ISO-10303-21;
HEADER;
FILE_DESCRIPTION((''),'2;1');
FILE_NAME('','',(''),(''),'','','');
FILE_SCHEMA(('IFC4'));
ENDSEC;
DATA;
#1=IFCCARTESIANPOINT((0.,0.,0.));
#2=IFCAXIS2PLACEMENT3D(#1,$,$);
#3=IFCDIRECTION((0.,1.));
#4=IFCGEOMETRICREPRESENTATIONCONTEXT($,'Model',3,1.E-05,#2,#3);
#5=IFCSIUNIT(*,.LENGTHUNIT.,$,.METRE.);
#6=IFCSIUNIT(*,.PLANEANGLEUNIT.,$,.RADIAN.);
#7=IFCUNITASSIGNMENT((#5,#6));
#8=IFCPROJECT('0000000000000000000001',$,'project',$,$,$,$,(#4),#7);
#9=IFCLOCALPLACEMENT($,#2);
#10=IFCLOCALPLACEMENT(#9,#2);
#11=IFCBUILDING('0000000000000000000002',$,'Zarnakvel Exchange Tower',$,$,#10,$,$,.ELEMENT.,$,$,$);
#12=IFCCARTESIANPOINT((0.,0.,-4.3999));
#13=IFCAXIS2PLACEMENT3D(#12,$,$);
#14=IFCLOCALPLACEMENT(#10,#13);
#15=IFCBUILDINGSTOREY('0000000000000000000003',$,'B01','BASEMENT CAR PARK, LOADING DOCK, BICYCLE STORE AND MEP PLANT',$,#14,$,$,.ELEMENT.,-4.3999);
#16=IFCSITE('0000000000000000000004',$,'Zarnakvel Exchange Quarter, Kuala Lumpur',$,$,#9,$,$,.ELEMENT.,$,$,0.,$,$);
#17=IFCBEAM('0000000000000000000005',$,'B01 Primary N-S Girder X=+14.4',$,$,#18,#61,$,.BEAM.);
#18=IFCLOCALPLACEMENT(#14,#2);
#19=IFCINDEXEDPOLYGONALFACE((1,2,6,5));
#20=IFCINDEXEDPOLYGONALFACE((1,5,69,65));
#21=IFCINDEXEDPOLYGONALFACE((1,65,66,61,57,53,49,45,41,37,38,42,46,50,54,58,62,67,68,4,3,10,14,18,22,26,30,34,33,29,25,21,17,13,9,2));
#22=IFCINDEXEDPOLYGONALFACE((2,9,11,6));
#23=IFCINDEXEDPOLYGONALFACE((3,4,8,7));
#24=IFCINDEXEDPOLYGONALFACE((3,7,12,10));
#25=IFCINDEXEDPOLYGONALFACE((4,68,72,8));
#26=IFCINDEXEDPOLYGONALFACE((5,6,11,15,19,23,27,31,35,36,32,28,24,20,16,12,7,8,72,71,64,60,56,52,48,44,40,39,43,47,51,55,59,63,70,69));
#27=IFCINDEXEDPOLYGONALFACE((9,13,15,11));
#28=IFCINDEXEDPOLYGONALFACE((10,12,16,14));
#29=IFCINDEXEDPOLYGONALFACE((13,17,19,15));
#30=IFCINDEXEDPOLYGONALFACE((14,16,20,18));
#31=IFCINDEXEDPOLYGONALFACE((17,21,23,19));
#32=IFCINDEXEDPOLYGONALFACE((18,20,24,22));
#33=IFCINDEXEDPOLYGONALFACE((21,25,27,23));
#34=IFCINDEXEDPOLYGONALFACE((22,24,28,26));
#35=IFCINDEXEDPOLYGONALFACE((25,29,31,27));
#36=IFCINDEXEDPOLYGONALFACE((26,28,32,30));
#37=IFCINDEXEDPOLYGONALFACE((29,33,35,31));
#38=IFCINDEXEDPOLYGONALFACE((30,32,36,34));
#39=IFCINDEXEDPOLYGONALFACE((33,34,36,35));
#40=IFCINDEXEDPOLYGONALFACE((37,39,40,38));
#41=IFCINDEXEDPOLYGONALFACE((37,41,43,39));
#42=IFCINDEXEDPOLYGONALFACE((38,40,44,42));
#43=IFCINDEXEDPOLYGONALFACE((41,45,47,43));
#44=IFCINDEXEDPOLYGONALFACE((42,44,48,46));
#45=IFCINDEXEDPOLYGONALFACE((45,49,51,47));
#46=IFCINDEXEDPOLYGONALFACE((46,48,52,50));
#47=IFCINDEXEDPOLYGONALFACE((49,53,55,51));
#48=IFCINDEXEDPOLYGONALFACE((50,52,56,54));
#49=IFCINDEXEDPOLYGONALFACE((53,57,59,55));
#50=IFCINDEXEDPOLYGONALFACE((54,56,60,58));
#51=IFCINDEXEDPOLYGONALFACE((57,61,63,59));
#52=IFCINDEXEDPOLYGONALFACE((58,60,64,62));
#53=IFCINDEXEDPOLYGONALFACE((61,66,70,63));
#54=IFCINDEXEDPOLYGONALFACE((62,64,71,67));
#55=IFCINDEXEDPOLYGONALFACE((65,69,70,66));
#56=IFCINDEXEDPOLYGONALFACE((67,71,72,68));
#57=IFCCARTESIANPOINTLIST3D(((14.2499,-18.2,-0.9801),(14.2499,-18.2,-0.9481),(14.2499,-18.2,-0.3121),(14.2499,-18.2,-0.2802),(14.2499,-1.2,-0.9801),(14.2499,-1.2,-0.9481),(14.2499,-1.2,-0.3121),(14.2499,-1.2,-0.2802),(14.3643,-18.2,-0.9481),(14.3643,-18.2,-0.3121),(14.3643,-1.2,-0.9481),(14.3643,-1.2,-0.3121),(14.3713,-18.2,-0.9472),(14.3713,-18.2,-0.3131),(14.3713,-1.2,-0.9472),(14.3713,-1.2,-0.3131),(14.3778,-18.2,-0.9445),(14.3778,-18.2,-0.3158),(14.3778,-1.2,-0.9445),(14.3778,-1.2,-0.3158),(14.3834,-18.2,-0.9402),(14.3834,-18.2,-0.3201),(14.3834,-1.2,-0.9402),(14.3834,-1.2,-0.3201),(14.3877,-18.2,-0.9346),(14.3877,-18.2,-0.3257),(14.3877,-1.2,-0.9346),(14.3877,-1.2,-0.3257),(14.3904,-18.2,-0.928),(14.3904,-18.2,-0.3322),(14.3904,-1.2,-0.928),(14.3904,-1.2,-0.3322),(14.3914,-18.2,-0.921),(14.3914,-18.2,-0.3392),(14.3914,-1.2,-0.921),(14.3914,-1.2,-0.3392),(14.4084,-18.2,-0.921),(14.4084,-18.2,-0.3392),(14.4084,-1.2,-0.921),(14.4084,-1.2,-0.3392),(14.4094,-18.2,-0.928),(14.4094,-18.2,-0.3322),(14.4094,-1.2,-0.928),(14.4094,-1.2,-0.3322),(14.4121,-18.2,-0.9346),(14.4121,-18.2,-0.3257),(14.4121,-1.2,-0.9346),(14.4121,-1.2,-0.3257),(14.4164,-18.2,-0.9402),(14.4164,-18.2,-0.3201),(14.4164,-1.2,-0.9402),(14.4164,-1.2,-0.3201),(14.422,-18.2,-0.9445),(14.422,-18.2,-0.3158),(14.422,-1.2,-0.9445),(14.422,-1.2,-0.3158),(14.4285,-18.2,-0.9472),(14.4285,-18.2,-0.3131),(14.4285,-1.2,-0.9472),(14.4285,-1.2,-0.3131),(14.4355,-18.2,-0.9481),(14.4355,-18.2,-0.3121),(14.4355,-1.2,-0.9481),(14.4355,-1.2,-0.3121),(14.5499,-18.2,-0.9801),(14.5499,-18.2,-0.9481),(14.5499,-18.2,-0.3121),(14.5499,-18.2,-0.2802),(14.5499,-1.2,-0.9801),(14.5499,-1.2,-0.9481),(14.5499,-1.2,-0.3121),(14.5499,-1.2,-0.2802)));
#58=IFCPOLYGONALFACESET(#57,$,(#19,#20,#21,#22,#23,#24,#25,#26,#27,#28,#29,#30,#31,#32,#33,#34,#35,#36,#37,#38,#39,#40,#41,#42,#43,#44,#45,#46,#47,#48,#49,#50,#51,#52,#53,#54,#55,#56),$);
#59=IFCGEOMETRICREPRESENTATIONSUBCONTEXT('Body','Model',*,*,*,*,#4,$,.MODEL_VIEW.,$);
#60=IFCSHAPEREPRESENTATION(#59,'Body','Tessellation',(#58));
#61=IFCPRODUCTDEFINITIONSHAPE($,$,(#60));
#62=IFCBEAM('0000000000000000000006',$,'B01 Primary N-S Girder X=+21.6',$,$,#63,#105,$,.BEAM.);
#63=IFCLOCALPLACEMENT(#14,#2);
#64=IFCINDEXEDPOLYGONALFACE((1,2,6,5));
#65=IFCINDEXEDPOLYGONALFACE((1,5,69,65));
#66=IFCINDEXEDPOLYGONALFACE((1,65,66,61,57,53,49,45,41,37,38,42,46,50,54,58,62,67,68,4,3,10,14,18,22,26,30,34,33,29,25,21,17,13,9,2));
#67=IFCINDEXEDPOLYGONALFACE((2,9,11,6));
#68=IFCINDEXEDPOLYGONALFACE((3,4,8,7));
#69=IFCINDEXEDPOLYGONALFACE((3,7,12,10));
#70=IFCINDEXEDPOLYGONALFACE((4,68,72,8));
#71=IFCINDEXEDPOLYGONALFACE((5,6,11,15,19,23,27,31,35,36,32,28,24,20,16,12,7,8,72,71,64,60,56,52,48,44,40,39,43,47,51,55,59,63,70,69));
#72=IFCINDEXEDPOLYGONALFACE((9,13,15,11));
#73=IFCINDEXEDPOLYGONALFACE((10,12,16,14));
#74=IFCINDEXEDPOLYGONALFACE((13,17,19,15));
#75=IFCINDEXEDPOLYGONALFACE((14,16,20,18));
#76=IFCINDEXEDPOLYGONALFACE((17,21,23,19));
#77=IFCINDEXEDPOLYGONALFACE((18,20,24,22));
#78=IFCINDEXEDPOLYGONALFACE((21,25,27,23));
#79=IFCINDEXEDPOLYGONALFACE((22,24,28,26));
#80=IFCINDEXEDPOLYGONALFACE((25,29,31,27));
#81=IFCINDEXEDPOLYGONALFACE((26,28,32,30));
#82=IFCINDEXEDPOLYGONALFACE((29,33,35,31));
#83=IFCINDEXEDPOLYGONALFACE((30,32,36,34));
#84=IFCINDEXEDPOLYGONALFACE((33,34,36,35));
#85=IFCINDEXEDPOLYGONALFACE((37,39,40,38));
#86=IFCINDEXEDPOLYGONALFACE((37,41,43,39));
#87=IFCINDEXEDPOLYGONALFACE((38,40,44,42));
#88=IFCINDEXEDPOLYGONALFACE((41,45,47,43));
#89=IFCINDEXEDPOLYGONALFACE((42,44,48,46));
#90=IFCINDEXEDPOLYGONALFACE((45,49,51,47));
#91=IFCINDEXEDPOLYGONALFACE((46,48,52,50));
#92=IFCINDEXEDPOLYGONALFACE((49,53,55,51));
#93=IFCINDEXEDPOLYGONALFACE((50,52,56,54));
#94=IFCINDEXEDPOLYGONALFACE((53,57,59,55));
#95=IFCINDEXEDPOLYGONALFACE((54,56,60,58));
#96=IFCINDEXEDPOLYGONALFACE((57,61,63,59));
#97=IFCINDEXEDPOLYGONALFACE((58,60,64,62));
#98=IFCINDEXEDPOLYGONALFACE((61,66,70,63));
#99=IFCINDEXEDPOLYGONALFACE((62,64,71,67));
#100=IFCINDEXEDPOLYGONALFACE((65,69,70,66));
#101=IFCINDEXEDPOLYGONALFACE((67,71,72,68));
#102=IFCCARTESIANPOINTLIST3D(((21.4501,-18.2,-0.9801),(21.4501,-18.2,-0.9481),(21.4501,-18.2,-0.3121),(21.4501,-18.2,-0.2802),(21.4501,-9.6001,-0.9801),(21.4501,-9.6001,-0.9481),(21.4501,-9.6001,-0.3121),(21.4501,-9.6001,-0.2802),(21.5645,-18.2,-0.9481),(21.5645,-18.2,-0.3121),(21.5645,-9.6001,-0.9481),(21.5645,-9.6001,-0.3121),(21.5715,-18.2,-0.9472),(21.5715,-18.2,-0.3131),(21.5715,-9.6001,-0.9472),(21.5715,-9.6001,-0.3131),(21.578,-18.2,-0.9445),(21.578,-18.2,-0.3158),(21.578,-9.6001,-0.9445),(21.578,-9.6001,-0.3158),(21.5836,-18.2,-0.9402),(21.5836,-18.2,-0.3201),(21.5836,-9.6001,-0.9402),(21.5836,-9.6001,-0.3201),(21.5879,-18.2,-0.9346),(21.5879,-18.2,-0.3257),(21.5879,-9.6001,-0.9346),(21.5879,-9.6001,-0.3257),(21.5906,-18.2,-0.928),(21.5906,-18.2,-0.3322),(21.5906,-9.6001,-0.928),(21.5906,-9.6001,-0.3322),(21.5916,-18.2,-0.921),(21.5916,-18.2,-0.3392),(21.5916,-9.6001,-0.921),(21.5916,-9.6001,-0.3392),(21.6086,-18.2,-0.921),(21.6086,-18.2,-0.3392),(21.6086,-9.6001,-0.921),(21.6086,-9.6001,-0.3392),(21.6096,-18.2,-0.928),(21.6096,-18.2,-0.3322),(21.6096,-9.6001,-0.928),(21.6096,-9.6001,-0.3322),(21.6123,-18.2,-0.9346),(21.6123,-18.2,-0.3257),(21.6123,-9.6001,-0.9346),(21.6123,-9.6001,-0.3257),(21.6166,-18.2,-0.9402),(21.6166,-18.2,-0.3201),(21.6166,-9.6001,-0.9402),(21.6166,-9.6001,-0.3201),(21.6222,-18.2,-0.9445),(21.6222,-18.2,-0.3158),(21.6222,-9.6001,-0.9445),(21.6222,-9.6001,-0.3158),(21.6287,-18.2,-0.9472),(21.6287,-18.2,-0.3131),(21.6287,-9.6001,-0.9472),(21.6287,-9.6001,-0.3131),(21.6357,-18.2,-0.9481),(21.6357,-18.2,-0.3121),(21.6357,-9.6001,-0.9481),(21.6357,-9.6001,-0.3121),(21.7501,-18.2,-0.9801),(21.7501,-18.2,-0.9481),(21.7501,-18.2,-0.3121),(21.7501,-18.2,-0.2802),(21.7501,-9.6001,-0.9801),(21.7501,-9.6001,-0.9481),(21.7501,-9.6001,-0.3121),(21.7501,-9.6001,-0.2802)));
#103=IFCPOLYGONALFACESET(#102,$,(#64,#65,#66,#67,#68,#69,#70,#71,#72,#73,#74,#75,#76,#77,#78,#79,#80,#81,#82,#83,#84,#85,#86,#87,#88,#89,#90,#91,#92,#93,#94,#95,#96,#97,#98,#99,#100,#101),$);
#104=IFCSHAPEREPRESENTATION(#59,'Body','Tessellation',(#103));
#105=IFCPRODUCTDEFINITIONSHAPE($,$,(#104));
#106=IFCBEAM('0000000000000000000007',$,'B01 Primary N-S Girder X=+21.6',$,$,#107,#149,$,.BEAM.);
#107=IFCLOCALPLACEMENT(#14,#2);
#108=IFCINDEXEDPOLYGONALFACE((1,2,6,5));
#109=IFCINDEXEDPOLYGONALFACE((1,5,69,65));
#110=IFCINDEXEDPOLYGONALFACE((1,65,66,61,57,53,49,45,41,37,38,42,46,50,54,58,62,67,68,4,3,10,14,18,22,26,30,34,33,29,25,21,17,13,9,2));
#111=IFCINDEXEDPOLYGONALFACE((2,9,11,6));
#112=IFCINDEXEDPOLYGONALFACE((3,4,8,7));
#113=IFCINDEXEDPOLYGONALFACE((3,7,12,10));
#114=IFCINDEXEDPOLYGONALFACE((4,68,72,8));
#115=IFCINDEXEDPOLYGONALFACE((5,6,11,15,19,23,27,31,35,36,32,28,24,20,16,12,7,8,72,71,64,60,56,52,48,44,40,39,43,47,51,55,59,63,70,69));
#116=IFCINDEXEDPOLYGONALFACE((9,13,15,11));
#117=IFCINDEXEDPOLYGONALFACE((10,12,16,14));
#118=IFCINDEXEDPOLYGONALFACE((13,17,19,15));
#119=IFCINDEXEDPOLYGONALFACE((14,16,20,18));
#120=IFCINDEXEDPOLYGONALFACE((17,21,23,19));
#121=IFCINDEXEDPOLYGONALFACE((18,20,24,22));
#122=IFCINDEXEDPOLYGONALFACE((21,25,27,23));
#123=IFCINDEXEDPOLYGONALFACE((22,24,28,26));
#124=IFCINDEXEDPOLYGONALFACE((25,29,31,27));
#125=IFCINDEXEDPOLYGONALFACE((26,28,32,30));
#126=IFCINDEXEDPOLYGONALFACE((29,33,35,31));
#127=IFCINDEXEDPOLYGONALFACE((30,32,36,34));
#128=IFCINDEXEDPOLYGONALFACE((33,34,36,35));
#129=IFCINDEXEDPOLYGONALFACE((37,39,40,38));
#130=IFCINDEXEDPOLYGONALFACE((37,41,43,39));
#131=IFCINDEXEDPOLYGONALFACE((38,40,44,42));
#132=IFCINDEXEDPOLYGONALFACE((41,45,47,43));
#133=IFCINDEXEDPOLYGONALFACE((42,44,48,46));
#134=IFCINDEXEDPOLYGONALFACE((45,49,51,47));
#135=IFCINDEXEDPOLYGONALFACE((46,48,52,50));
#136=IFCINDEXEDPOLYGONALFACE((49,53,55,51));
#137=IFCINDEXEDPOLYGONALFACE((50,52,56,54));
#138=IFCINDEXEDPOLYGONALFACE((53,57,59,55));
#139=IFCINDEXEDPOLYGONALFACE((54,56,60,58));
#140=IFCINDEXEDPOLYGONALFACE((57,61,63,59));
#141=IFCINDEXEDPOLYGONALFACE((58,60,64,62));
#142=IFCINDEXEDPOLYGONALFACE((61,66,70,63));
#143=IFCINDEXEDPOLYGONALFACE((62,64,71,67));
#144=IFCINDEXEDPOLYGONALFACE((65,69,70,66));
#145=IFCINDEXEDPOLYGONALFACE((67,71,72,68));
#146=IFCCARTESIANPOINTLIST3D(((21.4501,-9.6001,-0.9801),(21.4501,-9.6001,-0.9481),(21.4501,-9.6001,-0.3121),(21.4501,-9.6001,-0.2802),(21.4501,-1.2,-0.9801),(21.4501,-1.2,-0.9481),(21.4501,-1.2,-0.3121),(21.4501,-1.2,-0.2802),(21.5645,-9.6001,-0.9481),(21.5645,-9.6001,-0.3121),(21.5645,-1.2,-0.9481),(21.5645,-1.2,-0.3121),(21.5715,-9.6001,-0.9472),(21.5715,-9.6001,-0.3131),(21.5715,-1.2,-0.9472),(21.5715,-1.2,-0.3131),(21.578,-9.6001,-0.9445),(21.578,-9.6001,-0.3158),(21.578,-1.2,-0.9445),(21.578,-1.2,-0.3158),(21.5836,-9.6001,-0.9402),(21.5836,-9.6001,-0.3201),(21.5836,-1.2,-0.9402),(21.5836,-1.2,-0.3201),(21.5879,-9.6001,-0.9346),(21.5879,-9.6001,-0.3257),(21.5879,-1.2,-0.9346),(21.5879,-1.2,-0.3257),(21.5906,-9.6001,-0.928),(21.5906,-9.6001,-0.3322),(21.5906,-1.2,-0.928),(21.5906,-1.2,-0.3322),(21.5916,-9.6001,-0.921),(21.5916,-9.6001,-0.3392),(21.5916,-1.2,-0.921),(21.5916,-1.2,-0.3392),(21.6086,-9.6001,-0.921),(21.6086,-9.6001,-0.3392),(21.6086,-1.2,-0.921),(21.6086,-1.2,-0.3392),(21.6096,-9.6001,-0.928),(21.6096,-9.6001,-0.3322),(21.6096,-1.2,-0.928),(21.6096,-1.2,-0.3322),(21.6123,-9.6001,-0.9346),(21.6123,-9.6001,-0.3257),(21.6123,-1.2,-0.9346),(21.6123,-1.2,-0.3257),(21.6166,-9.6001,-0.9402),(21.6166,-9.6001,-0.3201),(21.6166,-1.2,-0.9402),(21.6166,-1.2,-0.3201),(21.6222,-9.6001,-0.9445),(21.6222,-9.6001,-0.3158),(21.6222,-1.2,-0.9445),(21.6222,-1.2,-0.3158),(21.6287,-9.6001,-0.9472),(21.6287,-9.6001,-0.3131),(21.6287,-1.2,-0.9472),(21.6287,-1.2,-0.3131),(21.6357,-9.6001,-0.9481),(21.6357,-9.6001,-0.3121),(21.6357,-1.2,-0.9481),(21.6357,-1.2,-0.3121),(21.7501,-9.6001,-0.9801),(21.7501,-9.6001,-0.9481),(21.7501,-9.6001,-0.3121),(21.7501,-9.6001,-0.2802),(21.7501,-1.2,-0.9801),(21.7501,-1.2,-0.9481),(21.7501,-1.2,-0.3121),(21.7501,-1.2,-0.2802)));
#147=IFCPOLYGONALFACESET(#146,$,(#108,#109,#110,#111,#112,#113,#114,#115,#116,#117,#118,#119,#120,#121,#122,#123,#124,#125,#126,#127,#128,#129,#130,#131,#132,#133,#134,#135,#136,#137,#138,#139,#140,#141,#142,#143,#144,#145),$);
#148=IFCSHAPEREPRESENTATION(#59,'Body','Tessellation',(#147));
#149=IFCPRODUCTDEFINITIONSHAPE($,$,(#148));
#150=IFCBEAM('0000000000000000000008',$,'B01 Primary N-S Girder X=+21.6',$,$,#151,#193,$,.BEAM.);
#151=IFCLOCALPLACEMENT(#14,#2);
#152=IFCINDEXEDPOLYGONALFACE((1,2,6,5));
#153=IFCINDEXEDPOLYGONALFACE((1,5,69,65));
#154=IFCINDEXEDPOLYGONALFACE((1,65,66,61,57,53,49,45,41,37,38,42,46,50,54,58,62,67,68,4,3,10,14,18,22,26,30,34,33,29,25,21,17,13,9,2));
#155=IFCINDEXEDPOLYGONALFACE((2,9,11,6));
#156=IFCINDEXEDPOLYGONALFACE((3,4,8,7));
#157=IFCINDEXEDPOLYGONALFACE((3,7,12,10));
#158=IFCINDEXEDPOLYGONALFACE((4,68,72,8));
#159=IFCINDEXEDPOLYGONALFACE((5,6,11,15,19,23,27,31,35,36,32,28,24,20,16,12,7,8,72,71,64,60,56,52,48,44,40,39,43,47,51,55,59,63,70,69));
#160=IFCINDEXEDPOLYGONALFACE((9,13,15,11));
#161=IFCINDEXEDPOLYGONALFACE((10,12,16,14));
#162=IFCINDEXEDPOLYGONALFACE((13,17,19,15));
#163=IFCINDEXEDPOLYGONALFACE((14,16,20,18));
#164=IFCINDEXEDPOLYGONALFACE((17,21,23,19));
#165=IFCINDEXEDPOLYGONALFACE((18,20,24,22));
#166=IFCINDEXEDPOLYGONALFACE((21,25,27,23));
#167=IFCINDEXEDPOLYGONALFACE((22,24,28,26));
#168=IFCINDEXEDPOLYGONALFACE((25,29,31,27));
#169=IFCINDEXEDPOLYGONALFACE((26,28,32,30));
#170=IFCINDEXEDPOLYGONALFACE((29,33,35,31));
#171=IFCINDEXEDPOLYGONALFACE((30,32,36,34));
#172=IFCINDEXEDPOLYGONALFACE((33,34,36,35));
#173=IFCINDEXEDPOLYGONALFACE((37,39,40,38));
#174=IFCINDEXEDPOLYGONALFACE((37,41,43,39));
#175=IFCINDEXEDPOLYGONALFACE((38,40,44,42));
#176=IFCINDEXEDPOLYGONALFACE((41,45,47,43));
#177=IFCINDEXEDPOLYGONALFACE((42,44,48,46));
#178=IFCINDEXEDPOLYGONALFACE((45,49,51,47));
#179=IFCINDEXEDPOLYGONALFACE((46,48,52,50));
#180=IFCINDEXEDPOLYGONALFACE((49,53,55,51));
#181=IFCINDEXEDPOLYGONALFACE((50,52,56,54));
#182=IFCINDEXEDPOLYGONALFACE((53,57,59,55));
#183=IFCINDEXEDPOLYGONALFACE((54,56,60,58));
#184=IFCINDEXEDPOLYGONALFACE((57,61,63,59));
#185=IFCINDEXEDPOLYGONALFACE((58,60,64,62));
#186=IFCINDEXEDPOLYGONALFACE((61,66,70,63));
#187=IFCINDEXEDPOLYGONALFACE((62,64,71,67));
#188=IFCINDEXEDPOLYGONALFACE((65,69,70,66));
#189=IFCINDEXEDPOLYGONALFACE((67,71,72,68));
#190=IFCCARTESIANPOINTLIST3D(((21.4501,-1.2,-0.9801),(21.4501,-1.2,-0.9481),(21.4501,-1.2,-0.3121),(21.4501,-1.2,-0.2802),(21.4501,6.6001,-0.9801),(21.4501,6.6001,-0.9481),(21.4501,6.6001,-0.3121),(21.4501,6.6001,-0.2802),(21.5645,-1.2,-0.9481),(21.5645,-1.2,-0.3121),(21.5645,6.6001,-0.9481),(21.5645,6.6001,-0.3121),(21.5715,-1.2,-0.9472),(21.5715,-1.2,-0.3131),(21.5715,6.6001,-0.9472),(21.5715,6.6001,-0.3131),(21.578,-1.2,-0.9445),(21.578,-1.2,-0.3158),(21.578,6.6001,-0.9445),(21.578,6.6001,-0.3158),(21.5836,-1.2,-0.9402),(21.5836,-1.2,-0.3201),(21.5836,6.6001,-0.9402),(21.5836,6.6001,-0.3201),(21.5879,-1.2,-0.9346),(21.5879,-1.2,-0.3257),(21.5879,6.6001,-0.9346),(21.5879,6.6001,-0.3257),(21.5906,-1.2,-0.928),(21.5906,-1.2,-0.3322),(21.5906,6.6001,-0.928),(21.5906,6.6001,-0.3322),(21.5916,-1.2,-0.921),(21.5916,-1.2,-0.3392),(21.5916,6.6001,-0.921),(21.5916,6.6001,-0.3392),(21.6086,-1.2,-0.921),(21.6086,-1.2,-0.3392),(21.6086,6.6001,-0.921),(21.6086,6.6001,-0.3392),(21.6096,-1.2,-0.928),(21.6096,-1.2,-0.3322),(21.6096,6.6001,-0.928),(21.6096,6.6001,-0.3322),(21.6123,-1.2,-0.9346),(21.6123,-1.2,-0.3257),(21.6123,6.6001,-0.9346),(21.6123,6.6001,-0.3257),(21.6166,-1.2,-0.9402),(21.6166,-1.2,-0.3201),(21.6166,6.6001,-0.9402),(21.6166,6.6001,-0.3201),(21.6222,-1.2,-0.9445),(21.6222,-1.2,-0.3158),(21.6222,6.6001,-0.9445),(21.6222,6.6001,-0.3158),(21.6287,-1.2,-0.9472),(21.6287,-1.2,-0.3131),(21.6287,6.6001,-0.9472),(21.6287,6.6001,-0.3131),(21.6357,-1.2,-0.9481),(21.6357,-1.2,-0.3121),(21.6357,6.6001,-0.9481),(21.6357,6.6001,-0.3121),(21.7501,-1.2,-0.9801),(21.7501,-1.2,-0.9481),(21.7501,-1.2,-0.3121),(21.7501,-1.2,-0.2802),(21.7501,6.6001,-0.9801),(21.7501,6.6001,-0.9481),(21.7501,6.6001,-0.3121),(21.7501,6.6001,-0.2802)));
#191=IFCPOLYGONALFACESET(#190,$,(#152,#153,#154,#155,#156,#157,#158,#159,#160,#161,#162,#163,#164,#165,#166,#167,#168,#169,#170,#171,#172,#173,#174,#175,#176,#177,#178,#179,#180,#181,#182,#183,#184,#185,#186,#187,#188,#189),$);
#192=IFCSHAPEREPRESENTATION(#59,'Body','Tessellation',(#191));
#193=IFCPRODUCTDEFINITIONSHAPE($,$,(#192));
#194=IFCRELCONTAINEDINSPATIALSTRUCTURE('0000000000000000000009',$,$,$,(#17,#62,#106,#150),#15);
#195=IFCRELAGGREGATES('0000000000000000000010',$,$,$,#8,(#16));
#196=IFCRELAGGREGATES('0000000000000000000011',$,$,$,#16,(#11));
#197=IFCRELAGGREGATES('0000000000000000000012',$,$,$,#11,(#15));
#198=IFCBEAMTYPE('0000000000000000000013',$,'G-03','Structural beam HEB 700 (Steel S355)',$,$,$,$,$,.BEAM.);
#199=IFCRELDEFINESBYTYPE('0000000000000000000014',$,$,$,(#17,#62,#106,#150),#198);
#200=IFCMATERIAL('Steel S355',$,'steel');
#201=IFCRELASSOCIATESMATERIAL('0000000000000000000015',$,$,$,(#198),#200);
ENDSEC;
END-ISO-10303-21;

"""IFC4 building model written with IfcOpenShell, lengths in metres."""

from ifc_helpers import new_model, si_unit, direction, frame, origin, origin_2d, place, context, subcontext, project, spatial, i_section, extrude, material, material_profile, profile_set, type_object, element, save


model = new_model("IFC4")

# Units and contexts
model_context = context("Model", 3, precision=1e-05, world=origin(), true_north=direction((0.0, 1.0)))
body_context = subcontext(model_context, "Body", "Model", "MODEL_VIEW")
ifc_project = project(units=[si_unit("LENGTHUNIT", "METRE"), si_unit("PLANEANGLEUNIT", "RADIAN")], contexts=[model_context])

# Site, building, storey
site_placement = place(None, origin())
site = spatial("IfcSite", under=ifc_project, at=site_placement, Name="Zarnakvel Exchange Quarter, Kuala Lumpur", CompositionType="ELEMENT", RefElevation=0.0)
building_placement = place(site_placement, origin())
building = spatial("IfcBuilding", under=site, at=building_placement, Name="Zarnakvel Exchange Tower", CompositionType="ELEMENT")
storey_placement = place(building_placement, frame((0.0, 0.0, -4.3999)))
storey = spatial("IfcBuildingStorey", under=building, at=storey_placement, Name="B01", Description="BASEMENT CAR PARK, LOADING DOCK, BICYCLE STORE AND MEP PLANT", CompositionType="ELEMENT", Elevation=-4.3999)

# Beams
ifc_material_1 = material(Name="Steel S355", Category="steel")
ifc_material_profile_1 = material_profile(ifc_material_1, i_section(OverallWidth=0.3, OverallDepth=0.7, WebThickness=0.0171, FlangeThickness=0.032, FilletRadius=0.0271, at=origin_2d()))
ifc_profile_set_1 = profile_set([ifc_material_profile_1], Name="Steel S355")
beam_type = type_object("IfcBeamType", Name="G-03", Description="Structural beam HEB 700 (Steel S355)", PredefinedType="BEAM", material=ifc_profile_set_1)
beam_1_placement = place(storey_placement, frame((14.3999, -18.2, -0.6301), z_axis=(0.0, 1.0, 0.0), x_axis=(-1.0, 0.0, 0.0)))
element("IfcBeam", 1, at=beam_1_placement, inside=storey, type_object=beam_type, Name="B01 Primary N-S Girder X=+14.4", PredefinedType="BEAM", context=body_context, shape_type="SweptSolid", body=[
    extrude(i_section(OverallWidth=0.3, OverallDepth=0.7, WebThickness=0.0171, FlangeThickness=0.032, FilletRadius=0.0271, at=origin_2d()), origin(), (0.0, 0.0, 1.0), 17.0),
])
beam_2_placement = place(storey_placement, frame((21.6001, -18.2, -0.6301), z_axis=(0.0, 1.0, 0.0), x_axis=(-1.0, 0.0, 0.0)))
element("IfcBeam", 2, at=beam_2_placement, inside=storey, type_object=beam_type, Name="B01 Primary N-S Girder X=+21.6", PredefinedType="BEAM", context=body_context, shape_type="SweptSolid", body=[
    extrude(i_section(OverallWidth=0.3, OverallDepth=0.7, WebThickness=0.0171, FlangeThickness=0.032, FilletRadius=0.0271, at=origin_2d()), origin(), (0.0, 0.0, 1.0), 8.5999),
])
beam_3_placement = place(storey_placement, frame((21.6001, -9.6001, -0.6301), z_axis=(0.0, 1.0, 0.0), x_axis=(-1.0, 0.0, 0.0)))
element("IfcBeam", 3, at=beam_3_placement, inside=storey, type_object=beam_type, Name="B01 Primary N-S Girder X=+21.6", PredefinedType="BEAM", context=body_context, shape_type="SweptSolid", body=[
    extrude(i_section(OverallWidth=0.3, OverallDepth=0.7, WebThickness=0.0171, FlangeThickness=0.032, FilletRadius=0.0271, at=origin_2d()), origin(), (0.0, 0.0, 1.0), 8.4001),
])
beam_4_placement = place(storey_placement, frame((21.6001, -1.2, -0.6301), z_axis=(0.0, 1.0, 0.0), x_axis=(-1.0, 0.0, 0.0)))
element("IfcBeam", 4, at=beam_4_placement, inside=storey, type_object=beam_type, Name="B01 Primary N-S Girder X=+21.6", PredefinedType="BEAM", context=body_context, shape_type="SweptSolid", body=[
    extrude(i_section(OverallWidth=0.3, OverallDepth=0.7, WebThickness=0.0171, FlangeThickness=0.032, FilletRadius=0.0271, at=origin_2d()), origin(), (0.0, 0.0, 1.0), 7.8),
])

save(model, "model.ifc")
